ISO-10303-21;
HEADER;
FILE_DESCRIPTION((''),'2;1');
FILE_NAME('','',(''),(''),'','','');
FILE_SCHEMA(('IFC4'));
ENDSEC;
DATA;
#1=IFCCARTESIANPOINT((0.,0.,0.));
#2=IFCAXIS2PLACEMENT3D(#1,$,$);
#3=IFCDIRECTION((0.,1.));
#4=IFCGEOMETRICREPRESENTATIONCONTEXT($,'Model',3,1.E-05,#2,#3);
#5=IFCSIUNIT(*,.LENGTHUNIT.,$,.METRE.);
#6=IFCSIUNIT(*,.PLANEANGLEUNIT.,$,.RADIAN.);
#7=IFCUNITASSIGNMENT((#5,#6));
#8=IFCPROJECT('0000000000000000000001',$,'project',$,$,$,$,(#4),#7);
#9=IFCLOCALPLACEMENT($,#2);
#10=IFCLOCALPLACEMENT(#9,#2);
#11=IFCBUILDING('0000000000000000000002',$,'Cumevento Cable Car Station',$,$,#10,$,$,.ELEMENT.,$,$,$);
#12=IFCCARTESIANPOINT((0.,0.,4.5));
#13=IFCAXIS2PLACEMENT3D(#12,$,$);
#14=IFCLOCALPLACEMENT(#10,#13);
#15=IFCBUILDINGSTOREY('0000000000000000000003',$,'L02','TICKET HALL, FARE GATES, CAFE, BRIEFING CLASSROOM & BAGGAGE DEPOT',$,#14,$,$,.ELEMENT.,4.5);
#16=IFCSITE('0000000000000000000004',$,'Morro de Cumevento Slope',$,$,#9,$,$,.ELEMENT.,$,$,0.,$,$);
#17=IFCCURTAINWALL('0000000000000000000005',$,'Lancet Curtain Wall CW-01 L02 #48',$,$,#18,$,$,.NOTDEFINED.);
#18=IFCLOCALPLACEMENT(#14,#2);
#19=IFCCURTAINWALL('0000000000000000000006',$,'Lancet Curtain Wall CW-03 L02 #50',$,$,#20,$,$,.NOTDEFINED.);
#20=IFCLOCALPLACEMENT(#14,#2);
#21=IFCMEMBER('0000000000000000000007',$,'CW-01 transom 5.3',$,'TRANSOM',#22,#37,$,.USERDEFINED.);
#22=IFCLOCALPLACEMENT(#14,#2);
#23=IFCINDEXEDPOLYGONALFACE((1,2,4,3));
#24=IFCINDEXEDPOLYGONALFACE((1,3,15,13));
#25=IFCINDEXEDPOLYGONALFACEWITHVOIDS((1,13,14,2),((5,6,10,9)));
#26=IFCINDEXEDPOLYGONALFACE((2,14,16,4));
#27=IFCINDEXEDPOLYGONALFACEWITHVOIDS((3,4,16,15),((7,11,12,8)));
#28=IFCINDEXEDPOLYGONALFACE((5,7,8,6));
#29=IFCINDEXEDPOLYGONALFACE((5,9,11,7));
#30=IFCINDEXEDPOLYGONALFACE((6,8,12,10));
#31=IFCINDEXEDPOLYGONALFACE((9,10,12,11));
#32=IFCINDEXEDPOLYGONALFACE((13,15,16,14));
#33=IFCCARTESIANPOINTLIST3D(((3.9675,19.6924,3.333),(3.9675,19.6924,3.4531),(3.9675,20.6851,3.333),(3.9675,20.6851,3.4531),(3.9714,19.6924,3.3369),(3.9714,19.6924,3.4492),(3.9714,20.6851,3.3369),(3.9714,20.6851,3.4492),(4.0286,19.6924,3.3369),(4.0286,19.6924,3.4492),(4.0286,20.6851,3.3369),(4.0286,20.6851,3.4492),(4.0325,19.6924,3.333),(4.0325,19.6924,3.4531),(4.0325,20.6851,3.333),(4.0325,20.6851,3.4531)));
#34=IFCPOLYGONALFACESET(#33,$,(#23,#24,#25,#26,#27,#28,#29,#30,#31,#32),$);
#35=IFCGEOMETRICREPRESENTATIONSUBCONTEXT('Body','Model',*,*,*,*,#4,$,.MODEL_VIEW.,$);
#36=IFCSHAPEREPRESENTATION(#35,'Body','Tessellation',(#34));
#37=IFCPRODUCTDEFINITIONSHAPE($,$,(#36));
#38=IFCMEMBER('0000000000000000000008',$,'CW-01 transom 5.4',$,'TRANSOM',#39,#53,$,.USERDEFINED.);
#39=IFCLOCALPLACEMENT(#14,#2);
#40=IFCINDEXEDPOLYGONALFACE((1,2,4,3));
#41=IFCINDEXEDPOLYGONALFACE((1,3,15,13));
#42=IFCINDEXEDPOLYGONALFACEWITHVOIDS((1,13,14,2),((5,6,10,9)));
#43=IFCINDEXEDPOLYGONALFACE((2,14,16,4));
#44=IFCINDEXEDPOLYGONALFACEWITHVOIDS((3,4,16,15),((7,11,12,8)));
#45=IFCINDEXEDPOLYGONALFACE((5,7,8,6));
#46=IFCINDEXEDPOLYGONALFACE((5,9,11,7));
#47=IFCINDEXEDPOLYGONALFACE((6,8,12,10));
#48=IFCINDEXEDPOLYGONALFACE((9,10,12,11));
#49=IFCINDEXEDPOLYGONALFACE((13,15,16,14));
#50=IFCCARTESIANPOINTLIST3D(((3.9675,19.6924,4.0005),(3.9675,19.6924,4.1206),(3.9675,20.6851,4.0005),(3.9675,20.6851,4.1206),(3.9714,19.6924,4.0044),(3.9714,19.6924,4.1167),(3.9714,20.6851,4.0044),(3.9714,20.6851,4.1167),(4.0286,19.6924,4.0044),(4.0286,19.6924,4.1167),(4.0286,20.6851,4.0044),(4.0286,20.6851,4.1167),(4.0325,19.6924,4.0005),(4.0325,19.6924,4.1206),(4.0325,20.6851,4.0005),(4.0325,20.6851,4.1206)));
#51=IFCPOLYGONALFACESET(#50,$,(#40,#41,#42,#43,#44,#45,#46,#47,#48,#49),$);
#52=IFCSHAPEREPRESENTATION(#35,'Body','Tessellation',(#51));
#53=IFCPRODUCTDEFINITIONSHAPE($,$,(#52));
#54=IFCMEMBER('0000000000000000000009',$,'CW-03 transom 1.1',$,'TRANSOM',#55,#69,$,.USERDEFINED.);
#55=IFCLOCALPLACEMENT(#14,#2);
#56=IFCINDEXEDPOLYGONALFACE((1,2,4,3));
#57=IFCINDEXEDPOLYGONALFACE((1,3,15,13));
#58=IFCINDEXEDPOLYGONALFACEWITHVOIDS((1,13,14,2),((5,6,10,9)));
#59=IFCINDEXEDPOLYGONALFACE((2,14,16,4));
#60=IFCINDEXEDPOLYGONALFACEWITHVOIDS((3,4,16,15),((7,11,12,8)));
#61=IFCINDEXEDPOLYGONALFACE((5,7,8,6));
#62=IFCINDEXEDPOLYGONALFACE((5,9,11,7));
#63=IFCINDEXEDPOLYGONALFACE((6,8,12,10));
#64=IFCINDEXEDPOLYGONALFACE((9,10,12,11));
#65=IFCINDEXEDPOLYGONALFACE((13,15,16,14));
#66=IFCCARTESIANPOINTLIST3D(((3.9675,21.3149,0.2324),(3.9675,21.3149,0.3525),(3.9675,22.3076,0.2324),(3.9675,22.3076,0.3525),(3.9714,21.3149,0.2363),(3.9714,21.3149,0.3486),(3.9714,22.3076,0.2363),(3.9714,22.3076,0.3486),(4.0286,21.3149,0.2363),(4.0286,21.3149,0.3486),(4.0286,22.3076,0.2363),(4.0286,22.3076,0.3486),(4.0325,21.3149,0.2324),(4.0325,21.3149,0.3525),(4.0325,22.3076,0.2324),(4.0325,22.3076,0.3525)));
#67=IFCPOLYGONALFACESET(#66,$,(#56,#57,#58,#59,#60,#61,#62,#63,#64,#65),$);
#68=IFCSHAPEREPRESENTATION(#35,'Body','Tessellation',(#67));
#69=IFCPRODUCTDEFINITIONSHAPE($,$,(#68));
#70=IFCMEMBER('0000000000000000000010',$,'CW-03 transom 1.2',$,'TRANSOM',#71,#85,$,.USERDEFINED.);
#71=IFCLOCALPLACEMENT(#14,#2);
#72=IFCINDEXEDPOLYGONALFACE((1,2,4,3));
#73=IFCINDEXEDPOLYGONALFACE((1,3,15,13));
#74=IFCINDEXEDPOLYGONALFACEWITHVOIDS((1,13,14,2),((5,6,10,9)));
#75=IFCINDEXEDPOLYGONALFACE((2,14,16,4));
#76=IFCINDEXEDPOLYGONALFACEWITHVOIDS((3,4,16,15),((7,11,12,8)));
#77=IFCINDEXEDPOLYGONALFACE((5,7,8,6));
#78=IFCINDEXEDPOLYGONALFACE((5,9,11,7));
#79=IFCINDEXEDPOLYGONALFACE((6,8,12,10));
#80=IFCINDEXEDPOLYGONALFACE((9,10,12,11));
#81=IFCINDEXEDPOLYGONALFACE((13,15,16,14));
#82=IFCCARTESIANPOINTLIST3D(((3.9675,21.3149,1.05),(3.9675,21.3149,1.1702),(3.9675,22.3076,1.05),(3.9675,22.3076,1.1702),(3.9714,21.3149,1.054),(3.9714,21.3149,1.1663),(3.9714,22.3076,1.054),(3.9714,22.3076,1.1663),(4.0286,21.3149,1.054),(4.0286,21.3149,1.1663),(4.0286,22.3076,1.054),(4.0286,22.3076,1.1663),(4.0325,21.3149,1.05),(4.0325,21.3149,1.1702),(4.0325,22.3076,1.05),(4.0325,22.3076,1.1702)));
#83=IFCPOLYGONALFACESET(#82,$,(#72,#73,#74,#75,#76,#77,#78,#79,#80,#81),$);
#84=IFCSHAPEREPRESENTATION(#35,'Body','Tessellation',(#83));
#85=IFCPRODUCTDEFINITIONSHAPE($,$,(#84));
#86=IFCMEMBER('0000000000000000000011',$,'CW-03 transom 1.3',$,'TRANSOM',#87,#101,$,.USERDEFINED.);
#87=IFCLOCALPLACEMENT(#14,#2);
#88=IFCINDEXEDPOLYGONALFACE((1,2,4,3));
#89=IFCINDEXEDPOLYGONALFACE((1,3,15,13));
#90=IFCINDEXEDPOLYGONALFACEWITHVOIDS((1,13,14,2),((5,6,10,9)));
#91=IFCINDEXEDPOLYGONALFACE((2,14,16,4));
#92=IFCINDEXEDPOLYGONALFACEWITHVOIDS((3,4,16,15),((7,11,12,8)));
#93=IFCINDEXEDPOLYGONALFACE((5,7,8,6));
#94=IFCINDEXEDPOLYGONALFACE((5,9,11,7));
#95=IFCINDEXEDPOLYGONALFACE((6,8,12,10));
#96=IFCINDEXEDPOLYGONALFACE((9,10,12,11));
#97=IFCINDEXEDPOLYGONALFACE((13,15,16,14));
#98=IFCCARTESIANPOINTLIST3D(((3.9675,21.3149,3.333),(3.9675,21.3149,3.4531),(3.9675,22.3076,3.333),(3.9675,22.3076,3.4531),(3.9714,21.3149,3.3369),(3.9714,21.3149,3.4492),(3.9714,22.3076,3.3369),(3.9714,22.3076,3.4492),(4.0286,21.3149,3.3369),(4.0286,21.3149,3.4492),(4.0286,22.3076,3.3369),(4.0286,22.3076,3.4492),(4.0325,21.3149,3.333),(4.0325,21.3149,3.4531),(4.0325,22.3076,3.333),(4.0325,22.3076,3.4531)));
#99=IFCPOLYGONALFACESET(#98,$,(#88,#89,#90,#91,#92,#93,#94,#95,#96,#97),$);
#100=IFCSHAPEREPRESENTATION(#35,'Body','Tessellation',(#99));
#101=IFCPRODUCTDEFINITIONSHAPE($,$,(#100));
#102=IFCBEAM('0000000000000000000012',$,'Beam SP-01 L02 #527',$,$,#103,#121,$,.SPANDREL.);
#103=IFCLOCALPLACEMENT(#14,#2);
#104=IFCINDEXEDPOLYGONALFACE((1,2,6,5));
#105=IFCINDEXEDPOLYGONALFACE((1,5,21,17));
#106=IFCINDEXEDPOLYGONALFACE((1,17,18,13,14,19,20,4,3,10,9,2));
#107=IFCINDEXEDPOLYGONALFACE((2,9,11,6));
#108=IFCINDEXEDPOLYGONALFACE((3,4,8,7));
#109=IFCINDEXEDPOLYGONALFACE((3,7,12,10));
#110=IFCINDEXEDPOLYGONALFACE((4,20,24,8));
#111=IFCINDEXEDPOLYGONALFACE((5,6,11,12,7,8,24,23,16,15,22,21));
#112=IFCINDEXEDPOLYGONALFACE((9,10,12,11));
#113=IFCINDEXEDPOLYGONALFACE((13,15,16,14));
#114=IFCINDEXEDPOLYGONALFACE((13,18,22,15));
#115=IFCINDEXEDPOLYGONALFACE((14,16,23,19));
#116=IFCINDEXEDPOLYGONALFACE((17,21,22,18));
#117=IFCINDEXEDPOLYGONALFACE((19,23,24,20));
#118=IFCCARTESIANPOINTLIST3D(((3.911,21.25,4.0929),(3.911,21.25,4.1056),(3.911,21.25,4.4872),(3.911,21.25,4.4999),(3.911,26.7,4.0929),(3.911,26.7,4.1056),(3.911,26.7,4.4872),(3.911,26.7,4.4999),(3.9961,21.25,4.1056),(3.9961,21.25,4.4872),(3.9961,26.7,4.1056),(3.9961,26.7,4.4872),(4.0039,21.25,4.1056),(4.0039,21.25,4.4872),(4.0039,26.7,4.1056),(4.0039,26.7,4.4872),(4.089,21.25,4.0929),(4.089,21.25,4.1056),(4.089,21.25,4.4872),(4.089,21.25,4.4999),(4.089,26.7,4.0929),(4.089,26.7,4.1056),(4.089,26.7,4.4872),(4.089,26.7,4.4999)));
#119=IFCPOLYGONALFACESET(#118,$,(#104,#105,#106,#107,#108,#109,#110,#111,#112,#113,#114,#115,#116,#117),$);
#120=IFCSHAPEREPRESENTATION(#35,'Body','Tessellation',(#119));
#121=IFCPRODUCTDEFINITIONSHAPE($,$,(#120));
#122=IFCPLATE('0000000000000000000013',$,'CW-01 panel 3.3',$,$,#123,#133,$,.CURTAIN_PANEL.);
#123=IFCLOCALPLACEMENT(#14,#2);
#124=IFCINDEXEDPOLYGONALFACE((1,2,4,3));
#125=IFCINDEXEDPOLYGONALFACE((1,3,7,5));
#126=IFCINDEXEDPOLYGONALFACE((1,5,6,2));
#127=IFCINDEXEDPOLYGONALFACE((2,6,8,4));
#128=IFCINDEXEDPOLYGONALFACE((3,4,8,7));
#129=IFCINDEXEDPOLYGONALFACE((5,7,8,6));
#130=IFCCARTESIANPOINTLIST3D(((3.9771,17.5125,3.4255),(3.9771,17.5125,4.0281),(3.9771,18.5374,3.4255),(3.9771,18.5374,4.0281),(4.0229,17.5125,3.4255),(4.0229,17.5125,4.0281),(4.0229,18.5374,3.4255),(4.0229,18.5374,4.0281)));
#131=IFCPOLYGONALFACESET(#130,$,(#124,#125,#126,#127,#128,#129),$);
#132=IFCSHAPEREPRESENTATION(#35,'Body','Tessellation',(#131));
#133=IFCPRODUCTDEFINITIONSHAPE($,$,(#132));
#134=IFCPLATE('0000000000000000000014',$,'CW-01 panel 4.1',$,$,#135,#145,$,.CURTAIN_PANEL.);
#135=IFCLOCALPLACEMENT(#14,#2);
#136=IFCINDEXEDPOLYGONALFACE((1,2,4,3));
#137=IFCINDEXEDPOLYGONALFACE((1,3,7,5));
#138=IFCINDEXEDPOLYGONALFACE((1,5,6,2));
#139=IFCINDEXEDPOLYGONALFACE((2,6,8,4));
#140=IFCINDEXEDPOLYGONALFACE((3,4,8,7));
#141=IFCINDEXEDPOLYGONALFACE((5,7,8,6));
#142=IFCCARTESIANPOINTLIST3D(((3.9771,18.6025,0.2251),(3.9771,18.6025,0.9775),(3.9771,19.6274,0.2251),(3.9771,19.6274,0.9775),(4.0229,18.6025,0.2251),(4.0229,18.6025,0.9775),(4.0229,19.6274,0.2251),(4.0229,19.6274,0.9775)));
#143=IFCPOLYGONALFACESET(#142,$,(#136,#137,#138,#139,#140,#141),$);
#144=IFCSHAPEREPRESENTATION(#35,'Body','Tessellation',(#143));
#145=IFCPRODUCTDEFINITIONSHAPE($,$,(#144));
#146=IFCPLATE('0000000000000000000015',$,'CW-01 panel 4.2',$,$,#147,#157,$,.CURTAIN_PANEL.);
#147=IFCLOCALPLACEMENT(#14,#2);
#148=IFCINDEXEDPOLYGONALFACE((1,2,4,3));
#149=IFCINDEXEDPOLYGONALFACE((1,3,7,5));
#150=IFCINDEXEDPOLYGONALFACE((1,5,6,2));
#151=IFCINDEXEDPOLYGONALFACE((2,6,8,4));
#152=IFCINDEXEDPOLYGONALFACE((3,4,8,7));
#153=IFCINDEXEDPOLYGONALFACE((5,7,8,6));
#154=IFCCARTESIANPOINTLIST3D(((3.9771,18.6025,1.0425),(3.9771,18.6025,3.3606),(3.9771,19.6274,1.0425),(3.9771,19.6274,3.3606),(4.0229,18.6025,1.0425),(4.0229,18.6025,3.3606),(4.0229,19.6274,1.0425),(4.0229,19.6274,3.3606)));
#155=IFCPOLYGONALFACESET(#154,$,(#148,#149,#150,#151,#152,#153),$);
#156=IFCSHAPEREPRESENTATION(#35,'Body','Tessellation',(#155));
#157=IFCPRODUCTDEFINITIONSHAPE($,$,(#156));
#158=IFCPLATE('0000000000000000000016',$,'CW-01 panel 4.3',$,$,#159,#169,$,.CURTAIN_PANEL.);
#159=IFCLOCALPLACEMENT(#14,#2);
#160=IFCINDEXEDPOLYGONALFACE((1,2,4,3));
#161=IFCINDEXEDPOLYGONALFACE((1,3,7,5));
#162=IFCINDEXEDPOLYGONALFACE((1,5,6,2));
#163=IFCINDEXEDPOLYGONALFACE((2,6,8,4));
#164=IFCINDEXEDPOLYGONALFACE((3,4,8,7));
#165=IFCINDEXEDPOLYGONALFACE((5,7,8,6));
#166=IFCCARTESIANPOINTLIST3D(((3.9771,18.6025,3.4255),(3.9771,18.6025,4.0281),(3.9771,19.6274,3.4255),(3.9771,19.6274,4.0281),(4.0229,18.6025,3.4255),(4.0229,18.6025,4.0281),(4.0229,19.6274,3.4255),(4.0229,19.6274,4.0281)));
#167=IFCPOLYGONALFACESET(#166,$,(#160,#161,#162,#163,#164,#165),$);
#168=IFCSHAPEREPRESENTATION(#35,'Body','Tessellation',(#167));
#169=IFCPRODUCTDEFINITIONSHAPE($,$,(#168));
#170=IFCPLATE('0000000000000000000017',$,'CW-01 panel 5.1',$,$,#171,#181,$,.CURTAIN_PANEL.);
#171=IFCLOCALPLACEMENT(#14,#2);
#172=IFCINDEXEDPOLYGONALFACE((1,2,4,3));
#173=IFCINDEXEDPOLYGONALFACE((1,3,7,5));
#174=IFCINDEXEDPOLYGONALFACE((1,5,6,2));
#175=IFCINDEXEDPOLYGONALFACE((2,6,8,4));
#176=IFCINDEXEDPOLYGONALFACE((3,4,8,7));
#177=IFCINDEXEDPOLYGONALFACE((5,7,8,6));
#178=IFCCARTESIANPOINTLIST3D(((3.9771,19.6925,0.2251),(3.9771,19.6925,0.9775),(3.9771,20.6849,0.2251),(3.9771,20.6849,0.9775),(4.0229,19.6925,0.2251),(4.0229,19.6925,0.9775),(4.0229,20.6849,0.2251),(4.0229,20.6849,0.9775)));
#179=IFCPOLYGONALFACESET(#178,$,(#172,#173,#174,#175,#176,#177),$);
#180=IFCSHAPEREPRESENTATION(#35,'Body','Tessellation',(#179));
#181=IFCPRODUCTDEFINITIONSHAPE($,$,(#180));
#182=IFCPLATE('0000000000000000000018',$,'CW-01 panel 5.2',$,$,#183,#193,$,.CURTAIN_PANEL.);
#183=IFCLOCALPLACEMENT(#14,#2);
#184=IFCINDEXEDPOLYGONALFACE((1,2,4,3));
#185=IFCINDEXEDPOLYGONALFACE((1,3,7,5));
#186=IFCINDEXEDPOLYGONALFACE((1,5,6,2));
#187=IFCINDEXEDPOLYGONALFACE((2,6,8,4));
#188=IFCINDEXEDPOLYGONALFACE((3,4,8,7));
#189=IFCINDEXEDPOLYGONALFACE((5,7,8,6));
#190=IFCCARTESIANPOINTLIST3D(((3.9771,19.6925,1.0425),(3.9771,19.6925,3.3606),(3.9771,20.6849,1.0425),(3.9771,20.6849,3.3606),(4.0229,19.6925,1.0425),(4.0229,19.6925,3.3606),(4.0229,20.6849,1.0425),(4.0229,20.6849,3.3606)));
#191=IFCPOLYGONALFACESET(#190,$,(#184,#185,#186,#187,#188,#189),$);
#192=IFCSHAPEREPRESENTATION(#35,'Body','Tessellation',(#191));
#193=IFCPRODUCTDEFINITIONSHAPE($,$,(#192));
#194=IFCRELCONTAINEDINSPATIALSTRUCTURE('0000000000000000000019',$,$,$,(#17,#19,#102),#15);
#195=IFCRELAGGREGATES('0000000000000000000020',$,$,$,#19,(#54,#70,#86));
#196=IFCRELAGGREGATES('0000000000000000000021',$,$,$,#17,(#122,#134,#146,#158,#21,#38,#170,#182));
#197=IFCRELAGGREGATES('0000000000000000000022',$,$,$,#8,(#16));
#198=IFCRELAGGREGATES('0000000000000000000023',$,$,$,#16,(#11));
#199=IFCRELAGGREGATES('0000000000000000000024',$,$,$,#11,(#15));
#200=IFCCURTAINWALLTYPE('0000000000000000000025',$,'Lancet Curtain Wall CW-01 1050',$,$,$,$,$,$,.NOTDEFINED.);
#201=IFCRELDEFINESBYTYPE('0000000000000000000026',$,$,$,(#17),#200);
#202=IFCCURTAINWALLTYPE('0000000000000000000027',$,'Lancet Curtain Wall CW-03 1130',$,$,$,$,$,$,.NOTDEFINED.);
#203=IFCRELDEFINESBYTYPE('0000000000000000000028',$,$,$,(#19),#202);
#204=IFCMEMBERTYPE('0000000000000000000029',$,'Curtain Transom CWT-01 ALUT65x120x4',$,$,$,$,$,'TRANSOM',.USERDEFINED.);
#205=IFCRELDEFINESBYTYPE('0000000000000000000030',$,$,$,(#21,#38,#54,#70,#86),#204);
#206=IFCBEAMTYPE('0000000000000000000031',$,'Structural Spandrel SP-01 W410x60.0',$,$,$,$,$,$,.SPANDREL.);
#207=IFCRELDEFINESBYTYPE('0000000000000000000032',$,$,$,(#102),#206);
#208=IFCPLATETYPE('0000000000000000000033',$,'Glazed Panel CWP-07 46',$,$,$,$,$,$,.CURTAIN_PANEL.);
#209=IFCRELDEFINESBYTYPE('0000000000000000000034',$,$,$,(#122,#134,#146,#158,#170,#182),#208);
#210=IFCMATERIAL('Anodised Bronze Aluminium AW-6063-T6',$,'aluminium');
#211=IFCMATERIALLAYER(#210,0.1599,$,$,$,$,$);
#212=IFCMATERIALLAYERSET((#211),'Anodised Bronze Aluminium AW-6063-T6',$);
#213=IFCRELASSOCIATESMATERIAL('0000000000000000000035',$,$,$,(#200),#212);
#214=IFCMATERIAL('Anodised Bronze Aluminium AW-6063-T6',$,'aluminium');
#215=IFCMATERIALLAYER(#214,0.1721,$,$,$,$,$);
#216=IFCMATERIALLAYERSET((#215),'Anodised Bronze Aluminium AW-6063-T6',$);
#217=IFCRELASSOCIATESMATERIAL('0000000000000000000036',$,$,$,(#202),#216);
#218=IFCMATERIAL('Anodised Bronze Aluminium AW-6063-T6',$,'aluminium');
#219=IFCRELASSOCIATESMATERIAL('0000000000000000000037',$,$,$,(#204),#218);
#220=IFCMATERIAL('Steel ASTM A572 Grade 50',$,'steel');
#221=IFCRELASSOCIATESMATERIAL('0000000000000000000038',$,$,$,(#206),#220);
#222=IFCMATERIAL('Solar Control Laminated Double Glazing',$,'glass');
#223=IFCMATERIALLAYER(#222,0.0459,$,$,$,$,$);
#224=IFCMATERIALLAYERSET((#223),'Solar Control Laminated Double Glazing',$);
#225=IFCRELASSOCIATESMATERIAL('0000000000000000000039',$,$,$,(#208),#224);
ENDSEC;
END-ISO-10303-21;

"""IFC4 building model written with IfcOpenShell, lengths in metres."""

from ifc_helpers import new_model, si_unit, direction, frame, origin, origin_2d, place, context, subcontext, project, spatial, rectangle, hollow_rectangle, i_section, extrude, material, layer, layer_set, material_profile, profile_set, type_object, element, aggregate, save


model = new_model("IFC4")

# Units and contexts
model_context = context("Model", 3, precision=1e-05, world=origin(), true_north=direction((0.0, 1.0)))
body_context = subcontext(model_context, "Body", "Model", "MODEL_VIEW")
ifc_project = project(units=[si_unit("LENGTHUNIT", "METRE"), si_unit("PLANEANGLEUNIT", "RADIAN")], contexts=[model_context])

# Site, building, storey
site_placement = place(None, origin())
site = spatial("IfcSite", under=ifc_project, at=site_placement, Name="Morro de Cumevento Slope", CompositionType="ELEMENT", RefElevation=0.0)
building_placement = place(site_placement, origin())
building = spatial("IfcBuilding", under=site, at=building_placement, Name="Cumevento Cable Car Station", CompositionType="ELEMENT")
storey_placement = place(building_placement, frame((0.0, 0.0, 4.5)))
storey = spatial("IfcBuildingStorey", under=building, at=storey_placement, Name="L02", Description="TICKET HALL, FARE GATES, CAFE, BRIEFING CLASSROOM & BAGGAGE DEPOT", CompositionType="ELEMENT", Elevation=4.5)

# Curtain wall
ifc_material_1 = material(Name="Anodised Bronze Aluminium AW-6063-T6", Category="aluminium")
ifc_layer_1 = layer(ifc_material_1, 0.1599)
ifc_layer_set_1 = layer_set([ifc_layer_1], Name="Anodised Bronze Aluminium AW-6063-T6")
curtain_wall_type_1 = type_object("IfcCurtainWallType", Name="Lancet Curtain Wall CW-01 1050", PredefinedType="NOTDEFINED", material=ifc_layer_set_1)
curtain_wall_1_placement = place(storey_placement, origin())
curtain_wall_1 = element("IfcCurtainWall", 1, at=curtain_wall_1_placement, inside=storey, type_object=curtain_wall_type_1, Name="Lancet Curtain Wall CW-01 L02 #48", PredefinedType="NOTDEFINED")

# Curtain wall
ifc_material_2 = material(Name="Anodised Bronze Aluminium AW-6063-T6", Category="aluminium")
ifc_layer_2 = layer(ifc_material_2, 0.1721)
ifc_layer_set_2 = layer_set([ifc_layer_2], Name="Anodised Bronze Aluminium AW-6063-T6")
curtain_wall_type_2 = type_object("IfcCurtainWallType", Name="Lancet Curtain Wall CW-03 1130", PredefinedType="NOTDEFINED", material=ifc_layer_set_2)
curtain_wall_2_placement = place(storey_placement, origin())
curtain_wall_2 = element("IfcCurtainWall", 2, at=curtain_wall_2_placement, inside=storey, type_object=curtain_wall_type_2, Name="Lancet Curtain Wall CW-03 L02 #50", PredefinedType="NOTDEFINED")

# Members
ifc_material_3 = material(Name="Anodised Bronze Aluminium AW-6063-T6", Category="aluminium")
ifc_material_profile_1 = material_profile(ifc_material_3, hollow_rectangle(XDim=0.0649, YDim=0.1201, WallThickness=0.0039, at=origin_2d()), Name="ALUT65x120x4")
ifc_profile_set_1 = profile_set([ifc_material_profile_1], Name="Anodised Bronze Aluminium AW-6063-T6")
member_type_1 = type_object("IfcMemberType", Name="Curtain Transom CWT-01 ALUT65x120x4", ElementType="TRANSOM", PredefinedType="USERDEFINED", material=ifc_profile_set_1)
member_1_placement = place(storey_placement, frame((4.0, 19.6924, 3.3931), z_axis=(0.0, 1.0, 0.0), x_axis=(-1.0, 0.0, 0.0)))
member_1 = element("IfcMember", 3, at=member_1_placement, type_object=member_type_1, Name="CW-01 transom 5.3", ObjectType="TRANSOM", PredefinedType="USERDEFINED", context=body_context, shape_type="SweptSolid", body=[
    extrude(hollow_rectangle(XDim=0.0649, YDim=0.1201, WallThickness=0.0039, at=origin_2d()), origin(), (0.0, 0.0, 1.0), 0.9927),
])
member_2_placement = place(storey_placement, frame((4.0, 19.6924, 4.0605), z_axis=(0.0, 1.0, 0.0), x_axis=(-1.0, 0.0, 0.0)))
member_2 = element("IfcMember", 4, at=member_2_placement, type_object=member_type_1, Name="CW-01 transom 5.4", ObjectType="TRANSOM", PredefinedType="USERDEFINED", context=body_context, shape_type="SweptSolid", body=[
    extrude(hollow_rectangle(XDim=0.0649, YDim=0.1201, WallThickness=0.0039, at=origin_2d()), origin(), (0.0, 0.0, 1.0), 0.9927),
])
member_3_placement = place(storey_placement, frame((4.0, 21.3149, 0.2925), z_axis=(0.0, 1.0, 0.0), x_axis=(-1.0, 0.0, 0.0)))
member_3 = element("IfcMember", 5, at=member_3_placement, type_object=member_type_1, Name="CW-03 transom 1.1", ObjectType="TRANSOM", PredefinedType="USERDEFINED", context=body_context, shape_type="SweptSolid", body=[
    extrude(hollow_rectangle(XDim=0.0649, YDim=0.1201, WallThickness=0.0039, at=origin_2d()), origin(), (0.0, 0.0, 1.0), 0.9927),
])
member_4_placement = place(storey_placement, frame((4.0, 21.3149, 1.1101), z_axis=(0.0, 1.0, 0.0), x_axis=(-1.0, 0.0, 0.0)))
member_4 = element("IfcMember", 6, at=member_4_placement, type_object=member_type_1, Name="CW-03 transom 1.2", ObjectType="TRANSOM", PredefinedType="USERDEFINED", context=body_context, shape_type="SweptSolid", body=[
    extrude(hollow_rectangle(XDim=0.0649, YDim=0.1201, WallThickness=0.0039, at=origin_2d()), origin(), (0.0, 0.0, 1.0), 0.9927),
])
member_5_placement = place(storey_placement, frame((4.0, 21.3149, 3.3931), z_axis=(0.0, 1.0, 0.0), x_axis=(-1.0, 0.0, 0.0)))
member_5 = element("IfcMember", 7, at=member_5_placement, type_object=member_type_1, Name="CW-03 transom 1.3", ObjectType="TRANSOM", PredefinedType="USERDEFINED", context=body_context, shape_type="SweptSolid", body=[
    extrude(hollow_rectangle(XDim=0.0649, YDim=0.1201, WallThickness=0.0039, at=origin_2d()), origin(), (0.0, 0.0, 1.0), 0.9927),
])
aggregate(curtain_wall_2, [member_3, member_4, member_5])

# Beam
ifc_material_4 = material(Name="Steel ASTM A572 Grade 50", Category="steel")
ifc_material_profile_2 = material_profile(ifc_material_4, i_section(OverallWidth=0.178, OverallDepth=0.407, WebThickness=0.0078, FlangeThickness=0.0127, at=origin_2d()), Name="W410x60.0")
ifc_profile_set_2 = profile_set([ifc_material_profile_2], Name="Steel ASTM A572 Grade 50")
beam_type = type_object("IfcBeamType", Name="Structural Spandrel SP-01 W410x60.0", PredefinedType="SPANDREL", material=ifc_profile_set_2)
beam_placement = place(storey_placement, frame((4.0, 21.25, 4.2964), z_axis=(0.0, 1.0, 0.0), x_axis=(-1.0, 0.0, 0.0)))
element("IfcBeam", 8, at=beam_placement, inside=storey, type_object=beam_type, Name="Beam SP-01 L02 #527", PredefinedType="SPANDREL", context=body_context, shape_type="SweptSolid", body=[
    extrude(i_section(OverallWidth=0.178, OverallDepth=0.407, WebThickness=0.0078, FlangeThickness=0.0127, at=origin_2d()), origin(), (0.0, 0.0, 1.0), 5.45),
])

# Plates
ifc_material_5 = material(Name="Solar Control Laminated Double Glazing", Category="glass")
ifc_layer_3 = layer(ifc_material_5, 0.0459)
ifc_layer_set_3 = layer_set([ifc_layer_3], Name="Solar Control Laminated Double Glazing")
plate_type = type_object("IfcPlateType", Name="Glazed Panel CWP-07 46", PredefinedType="CURTAIN_PANEL", material=ifc_layer_set_3)
plate_1_placement = place(storey_placement, frame((4.0, 18.0249, 3.4255), z_axis=(0.0, 0.0, 1.0), x_axis=(0.0, 1.0, 0.0)))
plate_1 = element("IfcPlate", 9, at=plate_1_placement, type_object=plate_type, Name="CW-01 panel 3.3", PredefinedType="CURTAIN_PANEL", context=body_context, shape_type="SweptSolid", body=[
    extrude(rectangle(XDim=1.0249, YDim=0.0459, at=origin_2d()), origin(), (0.0, 0.0, 1.0), 0.6025),
])
plate_2_placement = place(storey_placement, frame((4.0, 19.115, 0.2251), z_axis=(0.0, 0.0, 1.0), x_axis=(0.0, 1.0, 0.0)))
plate_2 = element("IfcPlate", 10, at=plate_2_placement, type_object=plate_type, Name="CW-01 panel 4.1", PredefinedType="CURTAIN_PANEL", context=body_context, shape_type="SweptSolid", body=[
    extrude(rectangle(XDim=1.0249, YDim=0.0459, at=origin_2d()), origin(), (0.0, 0.0, 1.0), 0.7524),
])
plate_3_placement = place(storey_placement, frame((4.0, 19.115, 1.0425), z_axis=(0.0, 0.0, 1.0), x_axis=(0.0, 1.0, 0.0)))
plate_3 = element("IfcPlate", 11, at=plate_3_placement, type_object=plate_type, Name="CW-01 panel 4.2", PredefinedType="CURTAIN_PANEL", context=body_context, shape_type="SweptSolid", body=[
    extrude(rectangle(XDim=1.0249, YDim=0.0459, at=origin_2d()), origin(), (0.0, 0.0, 1.0), 2.3181),
])
plate_4_placement = place(storey_placement, frame((4.0, 19.115, 3.4255), z_axis=(0.0, 0.0, 1.0), x_axis=(0.0, 1.0, 0.0)))
plate_4 = element("IfcPlate", 12, at=plate_4_placement, type_object=plate_type, Name="CW-01 panel 4.3", PredefinedType="CURTAIN_PANEL", context=body_context, shape_type="SweptSolid", body=[
    extrude(rectangle(XDim=1.0249, YDim=0.0459, at=origin_2d()), origin(), (0.0, 0.0, 1.0), 0.6025),
])
plate_5_placement = place(storey_placement, frame((4.0, 20.1887, 0.2251), z_axis=(0.0, 0.0, 1.0), x_axis=(0.0, 1.0, 0.0)))
plate_5 = element("IfcPlate", 13, at=plate_5_placement, type_object=plate_type, Name="CW-01 panel 5.1", PredefinedType="CURTAIN_PANEL", context=body_context, shape_type="SweptSolid", body=[
    extrude(rectangle(XDim=0.9924, YDim=0.0459, at=origin_2d()), origin(), (0.0, 0.0, 1.0), 0.7524),
])
plate_6_placement = place(storey_placement, frame((4.0, 20.1887, 1.0425), z_axis=(0.0, 0.0, 1.0), x_axis=(0.0, 1.0, 0.0)))
plate_6 = element("IfcPlate", 14, at=plate_6_placement, type_object=plate_type, Name="CW-01 panel 5.2", PredefinedType="CURTAIN_PANEL", context=body_context, shape_type="SweptSolid", body=[
    extrude(rectangle(XDim=0.9924, YDim=0.0459, at=origin_2d()), origin(), (0.0, 0.0, 1.0), 2.3181),
])
aggregate(curtain_wall_1, [plate_1, plate_2, plate_3, plate_4, member_1, member_2, plate_5, plate_6])

save(model, "model.ifc")
